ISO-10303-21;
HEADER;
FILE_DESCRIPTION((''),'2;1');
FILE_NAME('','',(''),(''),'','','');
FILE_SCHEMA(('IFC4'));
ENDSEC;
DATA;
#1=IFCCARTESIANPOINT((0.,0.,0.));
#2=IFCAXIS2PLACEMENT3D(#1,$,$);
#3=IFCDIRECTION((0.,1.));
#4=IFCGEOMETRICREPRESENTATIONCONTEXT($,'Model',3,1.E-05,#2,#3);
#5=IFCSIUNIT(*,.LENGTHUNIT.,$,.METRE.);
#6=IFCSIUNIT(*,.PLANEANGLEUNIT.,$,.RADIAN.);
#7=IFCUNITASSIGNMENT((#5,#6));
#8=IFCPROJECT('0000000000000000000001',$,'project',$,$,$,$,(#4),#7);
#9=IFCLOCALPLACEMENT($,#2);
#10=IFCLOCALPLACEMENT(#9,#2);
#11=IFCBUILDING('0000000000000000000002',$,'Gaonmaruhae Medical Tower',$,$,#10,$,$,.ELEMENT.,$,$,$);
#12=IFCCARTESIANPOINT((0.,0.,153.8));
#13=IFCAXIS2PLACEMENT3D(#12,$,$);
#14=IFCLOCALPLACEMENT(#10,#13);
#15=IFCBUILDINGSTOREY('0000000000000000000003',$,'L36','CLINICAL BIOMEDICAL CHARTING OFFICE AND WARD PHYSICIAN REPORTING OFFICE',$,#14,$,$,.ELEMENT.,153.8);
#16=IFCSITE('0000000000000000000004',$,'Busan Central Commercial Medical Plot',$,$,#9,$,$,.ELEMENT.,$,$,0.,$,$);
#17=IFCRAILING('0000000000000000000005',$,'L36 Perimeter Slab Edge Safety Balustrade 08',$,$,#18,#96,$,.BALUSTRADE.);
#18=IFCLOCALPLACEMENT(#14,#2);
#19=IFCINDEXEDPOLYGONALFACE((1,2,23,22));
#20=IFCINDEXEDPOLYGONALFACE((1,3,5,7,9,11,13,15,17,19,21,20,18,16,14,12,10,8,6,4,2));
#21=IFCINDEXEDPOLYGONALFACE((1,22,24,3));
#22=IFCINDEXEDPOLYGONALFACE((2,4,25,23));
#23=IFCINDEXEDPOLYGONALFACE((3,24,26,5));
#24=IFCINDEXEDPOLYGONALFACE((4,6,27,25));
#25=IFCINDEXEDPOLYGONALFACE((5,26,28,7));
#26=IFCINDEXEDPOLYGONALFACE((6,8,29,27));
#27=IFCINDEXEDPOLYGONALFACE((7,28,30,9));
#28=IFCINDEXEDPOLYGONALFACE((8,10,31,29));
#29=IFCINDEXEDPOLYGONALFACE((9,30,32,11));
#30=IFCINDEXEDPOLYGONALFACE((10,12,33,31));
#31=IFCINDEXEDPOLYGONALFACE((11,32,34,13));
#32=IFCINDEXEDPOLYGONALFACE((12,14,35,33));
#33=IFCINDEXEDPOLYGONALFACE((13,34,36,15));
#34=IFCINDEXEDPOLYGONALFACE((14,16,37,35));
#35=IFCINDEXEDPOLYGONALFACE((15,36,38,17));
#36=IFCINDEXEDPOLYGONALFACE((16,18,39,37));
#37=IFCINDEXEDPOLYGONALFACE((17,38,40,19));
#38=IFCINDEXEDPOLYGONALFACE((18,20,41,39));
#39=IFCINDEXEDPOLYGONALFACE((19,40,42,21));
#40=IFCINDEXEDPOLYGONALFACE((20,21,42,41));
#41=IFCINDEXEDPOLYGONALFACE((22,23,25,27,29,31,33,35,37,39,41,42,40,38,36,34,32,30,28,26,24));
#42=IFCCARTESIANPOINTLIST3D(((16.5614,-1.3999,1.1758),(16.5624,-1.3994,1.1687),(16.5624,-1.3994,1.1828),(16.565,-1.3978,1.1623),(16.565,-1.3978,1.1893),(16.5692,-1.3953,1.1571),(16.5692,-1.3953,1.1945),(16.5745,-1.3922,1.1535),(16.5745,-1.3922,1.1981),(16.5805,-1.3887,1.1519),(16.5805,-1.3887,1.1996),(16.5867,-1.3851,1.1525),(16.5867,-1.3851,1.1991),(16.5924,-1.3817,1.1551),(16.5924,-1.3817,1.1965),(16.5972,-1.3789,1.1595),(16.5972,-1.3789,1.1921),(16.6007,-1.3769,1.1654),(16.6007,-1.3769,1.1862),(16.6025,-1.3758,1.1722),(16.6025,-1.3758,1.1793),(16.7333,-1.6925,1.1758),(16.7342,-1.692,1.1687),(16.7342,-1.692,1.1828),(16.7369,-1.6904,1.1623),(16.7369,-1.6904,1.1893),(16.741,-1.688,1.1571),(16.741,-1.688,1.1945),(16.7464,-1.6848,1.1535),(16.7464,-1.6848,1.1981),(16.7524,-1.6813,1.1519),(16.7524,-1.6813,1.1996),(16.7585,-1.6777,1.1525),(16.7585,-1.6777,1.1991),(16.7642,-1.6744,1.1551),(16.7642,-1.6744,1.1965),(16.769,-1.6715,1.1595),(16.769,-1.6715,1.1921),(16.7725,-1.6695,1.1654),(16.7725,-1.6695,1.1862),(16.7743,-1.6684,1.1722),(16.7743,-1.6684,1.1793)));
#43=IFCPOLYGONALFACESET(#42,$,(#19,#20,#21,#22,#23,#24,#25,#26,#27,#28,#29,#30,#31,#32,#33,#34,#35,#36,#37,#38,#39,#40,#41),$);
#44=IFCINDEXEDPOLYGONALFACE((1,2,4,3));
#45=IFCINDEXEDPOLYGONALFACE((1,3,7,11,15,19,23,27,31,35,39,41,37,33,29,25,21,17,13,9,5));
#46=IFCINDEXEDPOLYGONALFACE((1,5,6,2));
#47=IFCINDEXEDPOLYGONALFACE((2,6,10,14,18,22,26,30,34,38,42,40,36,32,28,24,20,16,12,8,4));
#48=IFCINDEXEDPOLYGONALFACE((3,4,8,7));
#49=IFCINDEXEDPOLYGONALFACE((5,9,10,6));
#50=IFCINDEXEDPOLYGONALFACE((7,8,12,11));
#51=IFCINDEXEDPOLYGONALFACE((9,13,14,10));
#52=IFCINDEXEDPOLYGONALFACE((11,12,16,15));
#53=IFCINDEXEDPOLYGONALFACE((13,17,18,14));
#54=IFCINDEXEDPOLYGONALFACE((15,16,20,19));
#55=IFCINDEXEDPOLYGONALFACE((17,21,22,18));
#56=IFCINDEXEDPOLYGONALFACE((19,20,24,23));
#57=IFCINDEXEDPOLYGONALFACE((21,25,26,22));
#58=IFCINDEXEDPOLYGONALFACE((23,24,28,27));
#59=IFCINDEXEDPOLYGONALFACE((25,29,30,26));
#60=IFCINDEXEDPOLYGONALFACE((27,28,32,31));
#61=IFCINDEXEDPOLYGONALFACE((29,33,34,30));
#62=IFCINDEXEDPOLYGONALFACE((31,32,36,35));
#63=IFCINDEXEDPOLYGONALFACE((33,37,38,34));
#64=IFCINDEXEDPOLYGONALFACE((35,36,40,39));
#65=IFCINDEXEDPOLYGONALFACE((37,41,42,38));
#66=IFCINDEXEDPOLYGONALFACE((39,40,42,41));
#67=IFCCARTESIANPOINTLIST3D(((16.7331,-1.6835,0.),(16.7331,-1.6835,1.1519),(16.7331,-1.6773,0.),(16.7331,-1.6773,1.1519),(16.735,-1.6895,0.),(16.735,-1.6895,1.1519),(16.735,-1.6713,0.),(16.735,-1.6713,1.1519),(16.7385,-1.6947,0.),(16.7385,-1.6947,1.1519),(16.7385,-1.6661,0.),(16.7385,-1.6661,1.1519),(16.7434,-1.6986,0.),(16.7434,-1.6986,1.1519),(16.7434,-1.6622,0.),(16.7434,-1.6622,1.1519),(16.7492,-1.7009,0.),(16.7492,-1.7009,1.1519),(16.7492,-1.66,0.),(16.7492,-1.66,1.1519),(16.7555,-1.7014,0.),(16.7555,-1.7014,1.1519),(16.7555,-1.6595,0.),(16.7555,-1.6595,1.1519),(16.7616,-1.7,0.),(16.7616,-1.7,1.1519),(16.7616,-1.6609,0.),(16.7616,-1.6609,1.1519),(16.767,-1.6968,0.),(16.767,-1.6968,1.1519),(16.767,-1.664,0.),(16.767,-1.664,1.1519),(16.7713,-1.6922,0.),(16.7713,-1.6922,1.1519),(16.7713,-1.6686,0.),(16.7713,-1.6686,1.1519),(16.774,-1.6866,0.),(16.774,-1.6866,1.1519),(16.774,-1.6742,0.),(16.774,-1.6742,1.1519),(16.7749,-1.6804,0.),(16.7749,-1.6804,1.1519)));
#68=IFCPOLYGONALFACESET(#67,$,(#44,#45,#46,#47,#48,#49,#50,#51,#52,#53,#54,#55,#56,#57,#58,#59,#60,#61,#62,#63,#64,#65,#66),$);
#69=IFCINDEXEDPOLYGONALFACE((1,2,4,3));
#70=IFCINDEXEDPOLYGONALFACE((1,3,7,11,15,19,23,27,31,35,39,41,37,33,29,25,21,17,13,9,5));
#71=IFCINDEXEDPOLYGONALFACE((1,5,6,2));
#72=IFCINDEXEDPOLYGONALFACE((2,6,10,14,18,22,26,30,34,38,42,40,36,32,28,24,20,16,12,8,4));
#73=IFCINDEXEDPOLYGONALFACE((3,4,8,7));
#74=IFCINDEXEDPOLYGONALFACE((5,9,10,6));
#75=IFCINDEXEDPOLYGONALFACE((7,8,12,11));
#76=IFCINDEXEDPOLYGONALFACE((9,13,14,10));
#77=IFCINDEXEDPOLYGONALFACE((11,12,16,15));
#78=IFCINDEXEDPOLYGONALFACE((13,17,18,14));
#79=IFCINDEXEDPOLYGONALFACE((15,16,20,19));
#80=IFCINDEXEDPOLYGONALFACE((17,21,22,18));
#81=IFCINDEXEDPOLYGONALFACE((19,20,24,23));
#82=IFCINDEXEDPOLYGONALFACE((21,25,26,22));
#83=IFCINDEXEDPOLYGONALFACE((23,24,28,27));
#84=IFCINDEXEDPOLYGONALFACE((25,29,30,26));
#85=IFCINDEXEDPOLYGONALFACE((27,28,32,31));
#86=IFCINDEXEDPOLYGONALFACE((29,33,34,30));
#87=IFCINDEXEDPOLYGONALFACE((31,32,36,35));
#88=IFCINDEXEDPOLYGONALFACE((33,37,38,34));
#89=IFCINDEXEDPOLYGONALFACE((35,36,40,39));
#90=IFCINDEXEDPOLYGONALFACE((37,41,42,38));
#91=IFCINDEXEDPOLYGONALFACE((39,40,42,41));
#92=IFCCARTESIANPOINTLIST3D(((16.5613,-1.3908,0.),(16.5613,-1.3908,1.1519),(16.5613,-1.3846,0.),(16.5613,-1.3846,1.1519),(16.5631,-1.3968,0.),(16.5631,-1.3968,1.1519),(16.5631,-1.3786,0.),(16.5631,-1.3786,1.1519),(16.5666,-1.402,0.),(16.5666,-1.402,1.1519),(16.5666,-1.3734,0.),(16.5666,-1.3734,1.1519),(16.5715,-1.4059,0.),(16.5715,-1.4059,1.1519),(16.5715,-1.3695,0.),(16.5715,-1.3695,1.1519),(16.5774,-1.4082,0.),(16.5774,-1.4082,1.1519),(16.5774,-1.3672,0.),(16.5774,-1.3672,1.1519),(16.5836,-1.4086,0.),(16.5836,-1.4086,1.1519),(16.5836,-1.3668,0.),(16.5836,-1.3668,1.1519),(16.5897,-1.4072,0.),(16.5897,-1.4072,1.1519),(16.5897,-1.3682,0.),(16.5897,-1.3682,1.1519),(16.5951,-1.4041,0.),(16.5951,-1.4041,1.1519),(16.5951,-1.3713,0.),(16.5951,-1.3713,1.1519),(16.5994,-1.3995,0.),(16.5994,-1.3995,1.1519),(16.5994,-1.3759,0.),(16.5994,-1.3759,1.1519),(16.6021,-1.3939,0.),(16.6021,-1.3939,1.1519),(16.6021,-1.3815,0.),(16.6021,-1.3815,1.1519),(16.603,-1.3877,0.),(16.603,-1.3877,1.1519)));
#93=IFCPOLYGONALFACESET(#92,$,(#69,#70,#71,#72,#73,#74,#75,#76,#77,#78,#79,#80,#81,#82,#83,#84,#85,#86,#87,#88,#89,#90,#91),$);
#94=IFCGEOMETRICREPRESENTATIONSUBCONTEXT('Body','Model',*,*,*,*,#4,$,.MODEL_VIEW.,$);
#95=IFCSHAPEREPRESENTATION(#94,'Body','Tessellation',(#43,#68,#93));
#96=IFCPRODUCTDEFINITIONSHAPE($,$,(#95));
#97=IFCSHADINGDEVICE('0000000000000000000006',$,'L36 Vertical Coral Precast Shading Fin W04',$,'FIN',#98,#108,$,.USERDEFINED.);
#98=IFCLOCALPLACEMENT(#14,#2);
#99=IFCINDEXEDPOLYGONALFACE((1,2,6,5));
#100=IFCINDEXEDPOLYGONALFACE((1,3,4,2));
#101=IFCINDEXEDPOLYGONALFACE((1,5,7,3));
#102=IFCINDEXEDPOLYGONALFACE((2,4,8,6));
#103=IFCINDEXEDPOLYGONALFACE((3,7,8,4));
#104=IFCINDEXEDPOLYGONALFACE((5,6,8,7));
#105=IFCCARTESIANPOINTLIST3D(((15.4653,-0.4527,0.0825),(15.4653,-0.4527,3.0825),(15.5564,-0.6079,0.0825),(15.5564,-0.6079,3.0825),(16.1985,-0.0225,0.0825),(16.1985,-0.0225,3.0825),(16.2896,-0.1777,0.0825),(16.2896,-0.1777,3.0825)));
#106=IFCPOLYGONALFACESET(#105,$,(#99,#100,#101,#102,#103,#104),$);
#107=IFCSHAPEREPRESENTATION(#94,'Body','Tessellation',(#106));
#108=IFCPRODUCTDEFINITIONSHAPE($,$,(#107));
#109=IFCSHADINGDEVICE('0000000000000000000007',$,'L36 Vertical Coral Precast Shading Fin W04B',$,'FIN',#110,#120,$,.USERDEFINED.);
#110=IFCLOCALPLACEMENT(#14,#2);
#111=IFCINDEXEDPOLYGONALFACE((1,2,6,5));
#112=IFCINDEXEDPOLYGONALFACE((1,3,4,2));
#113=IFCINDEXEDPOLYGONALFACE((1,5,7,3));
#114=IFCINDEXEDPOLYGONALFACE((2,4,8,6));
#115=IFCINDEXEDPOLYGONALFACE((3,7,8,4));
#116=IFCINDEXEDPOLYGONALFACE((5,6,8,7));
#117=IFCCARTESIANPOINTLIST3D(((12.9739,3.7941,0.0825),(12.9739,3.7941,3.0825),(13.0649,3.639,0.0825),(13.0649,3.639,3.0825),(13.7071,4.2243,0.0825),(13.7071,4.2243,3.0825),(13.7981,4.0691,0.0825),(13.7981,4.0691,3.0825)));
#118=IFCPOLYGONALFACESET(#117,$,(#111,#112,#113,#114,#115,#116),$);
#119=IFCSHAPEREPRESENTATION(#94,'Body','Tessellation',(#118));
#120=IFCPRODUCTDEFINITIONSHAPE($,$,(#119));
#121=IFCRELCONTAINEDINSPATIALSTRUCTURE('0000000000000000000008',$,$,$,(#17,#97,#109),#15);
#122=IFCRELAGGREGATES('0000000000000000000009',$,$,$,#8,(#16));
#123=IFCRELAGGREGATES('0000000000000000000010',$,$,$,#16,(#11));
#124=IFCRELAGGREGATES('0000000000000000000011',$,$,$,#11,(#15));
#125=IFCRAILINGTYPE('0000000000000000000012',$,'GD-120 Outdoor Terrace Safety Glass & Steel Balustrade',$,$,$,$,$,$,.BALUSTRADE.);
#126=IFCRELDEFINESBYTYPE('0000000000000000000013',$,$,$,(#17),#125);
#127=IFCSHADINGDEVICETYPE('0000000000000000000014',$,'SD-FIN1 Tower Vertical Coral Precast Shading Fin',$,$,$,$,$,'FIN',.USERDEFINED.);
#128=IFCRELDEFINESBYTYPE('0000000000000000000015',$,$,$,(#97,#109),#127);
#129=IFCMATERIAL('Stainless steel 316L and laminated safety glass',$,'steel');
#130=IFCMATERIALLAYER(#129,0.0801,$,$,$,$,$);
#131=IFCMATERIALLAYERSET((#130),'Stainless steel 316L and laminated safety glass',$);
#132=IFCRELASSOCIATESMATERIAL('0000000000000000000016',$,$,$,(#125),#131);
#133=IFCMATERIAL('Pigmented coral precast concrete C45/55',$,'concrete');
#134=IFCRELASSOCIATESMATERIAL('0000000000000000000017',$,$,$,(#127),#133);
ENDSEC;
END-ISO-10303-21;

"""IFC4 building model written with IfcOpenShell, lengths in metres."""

from ifc_helpers import new_model, si_unit, direction, frame, origin, origin_2d, place, context, subcontext, project, spatial, rectangle, circle, extrude, material, layer, layer_set, type_object, element, save


model = new_model("IFC4")

# Units and contexts
model_context = context("Model", 3, precision=1e-05, world=origin(), true_north=direction((0.0, 1.0)))
body_context = subcontext(model_context, "Body", "Model", "MODEL_VIEW")
ifc_project = project(units=[si_unit("LENGTHUNIT", "METRE"), si_unit("PLANEANGLEUNIT", "RADIAN")], contexts=[model_context])

# Site, building, storey
site_placement = place(None, origin())
site = spatial("IfcSite", under=ifc_project, at=site_placement, Name="Busan Central Commercial Medical Plot", CompositionType="ELEMENT", RefElevation=0.0)
building_placement = place(site_placement, origin())
building = spatial("IfcBuilding", under=site, at=building_placement, Name="Gaonmaruhae Medical Tower", CompositionType="ELEMENT")
storey_placement = place(building_placement, frame((0.0, 0.0, 153.8)))
storey = spatial("IfcBuildingStorey", under=building, at=storey_placement, Name="L36", Description="CLINICAL BIOMEDICAL CHARTING OFFICE AND WARD PHYSICIAN REPORTING OFFICE", CompositionType="ELEMENT", Elevation=153.8)

# Railing
ifc_material_1 = material(Name="Stainless steel 316L and laminated safety glass", Category="steel")
ifc_layer_1 = layer(ifc_material_1, 0.0801)
ifc_layer_set_1 = layer_set([ifc_layer_1], Name="Stainless steel 316L and laminated safety glass")
railing_type = type_object("IfcRailingType", Name="GD-120 Outdoor Terrace Safety Glass & Steel Balustrade", PredefinedType="BALUSTRADE", material=ifc_layer_set_1)
railing_placement = place(storey_placement, frame((16.7539, -1.6804, 0.0)))
element("IfcRailing", 1, at=railing_placement, inside=storey, type_object=railing_type, Name="L36 Perimeter Slab Edge Safety Balustrade 08", PredefinedType="BALUSTRADE", context=body_context, shape_type="SweptSolid", body=[
    extrude(circle(Radius=0.0239, at=origin_2d()), frame((0.0, 0.0, 1.1758), z_axis=(-0.506328, 0.862341, 0.0), x_axis=(-0.862341, -0.506328, 0.0)), (0.0, 0.0, 1.0), 0.3394),
    extrude(circle(Radius=0.021, at=origin_2d()), origin(), (0.0, 0.0, 1.0), 1.1519),
    extrude(circle(Radius=0.021, at=origin_2d()), frame((-0.1719, 0.2927, 0.0)), (0.0, 0.0, 1.0), 1.1519),
])

# Shading devices
ifc_material_2 = material(Name="Pigmented coral precast concrete C45/55", Category="concrete")
shading_device_type = type_object("IfcShadingDeviceType", Name="SD-FIN1 Tower Vertical Coral Precast Shading Fin", ElementType="FIN", PredefinedType="USERDEFINED", material=ifc_material_2)
for number, where, z_axis, x_axis, name in (
    (2, (15.8774, -0.3152, 0.0825), (0.0, 0.0, 1.0), (-0.506034, 0.862514, 0.0), "L36 Vertical Coral Precast Shading Fin W04"),
    (3, (13.386, 3.9316, 0.0825), (0.0, 0.0, 1.0), (-0.506034, 0.862514, 0.0), "L36 Vertical Coral Precast Shading Fin W04B"),
):
    element("IfcShadingDevice", number, at=place(storey_placement, frame(where, z_axis=z_axis, x_axis=x_axis)), inside=storey, type_object=shading_device_type, Name=name, ObjectType="FIN", PredefinedType="USERDEFINED", context=body_context, shape_type="SweptSolid", body=[
        extrude(rectangle(XDim=0.1799, YDim=0.8501, at=origin_2d()), origin(), (0.0, 0.0, 1.0), 3.0),
    ])

save(model, "model.ifc")
